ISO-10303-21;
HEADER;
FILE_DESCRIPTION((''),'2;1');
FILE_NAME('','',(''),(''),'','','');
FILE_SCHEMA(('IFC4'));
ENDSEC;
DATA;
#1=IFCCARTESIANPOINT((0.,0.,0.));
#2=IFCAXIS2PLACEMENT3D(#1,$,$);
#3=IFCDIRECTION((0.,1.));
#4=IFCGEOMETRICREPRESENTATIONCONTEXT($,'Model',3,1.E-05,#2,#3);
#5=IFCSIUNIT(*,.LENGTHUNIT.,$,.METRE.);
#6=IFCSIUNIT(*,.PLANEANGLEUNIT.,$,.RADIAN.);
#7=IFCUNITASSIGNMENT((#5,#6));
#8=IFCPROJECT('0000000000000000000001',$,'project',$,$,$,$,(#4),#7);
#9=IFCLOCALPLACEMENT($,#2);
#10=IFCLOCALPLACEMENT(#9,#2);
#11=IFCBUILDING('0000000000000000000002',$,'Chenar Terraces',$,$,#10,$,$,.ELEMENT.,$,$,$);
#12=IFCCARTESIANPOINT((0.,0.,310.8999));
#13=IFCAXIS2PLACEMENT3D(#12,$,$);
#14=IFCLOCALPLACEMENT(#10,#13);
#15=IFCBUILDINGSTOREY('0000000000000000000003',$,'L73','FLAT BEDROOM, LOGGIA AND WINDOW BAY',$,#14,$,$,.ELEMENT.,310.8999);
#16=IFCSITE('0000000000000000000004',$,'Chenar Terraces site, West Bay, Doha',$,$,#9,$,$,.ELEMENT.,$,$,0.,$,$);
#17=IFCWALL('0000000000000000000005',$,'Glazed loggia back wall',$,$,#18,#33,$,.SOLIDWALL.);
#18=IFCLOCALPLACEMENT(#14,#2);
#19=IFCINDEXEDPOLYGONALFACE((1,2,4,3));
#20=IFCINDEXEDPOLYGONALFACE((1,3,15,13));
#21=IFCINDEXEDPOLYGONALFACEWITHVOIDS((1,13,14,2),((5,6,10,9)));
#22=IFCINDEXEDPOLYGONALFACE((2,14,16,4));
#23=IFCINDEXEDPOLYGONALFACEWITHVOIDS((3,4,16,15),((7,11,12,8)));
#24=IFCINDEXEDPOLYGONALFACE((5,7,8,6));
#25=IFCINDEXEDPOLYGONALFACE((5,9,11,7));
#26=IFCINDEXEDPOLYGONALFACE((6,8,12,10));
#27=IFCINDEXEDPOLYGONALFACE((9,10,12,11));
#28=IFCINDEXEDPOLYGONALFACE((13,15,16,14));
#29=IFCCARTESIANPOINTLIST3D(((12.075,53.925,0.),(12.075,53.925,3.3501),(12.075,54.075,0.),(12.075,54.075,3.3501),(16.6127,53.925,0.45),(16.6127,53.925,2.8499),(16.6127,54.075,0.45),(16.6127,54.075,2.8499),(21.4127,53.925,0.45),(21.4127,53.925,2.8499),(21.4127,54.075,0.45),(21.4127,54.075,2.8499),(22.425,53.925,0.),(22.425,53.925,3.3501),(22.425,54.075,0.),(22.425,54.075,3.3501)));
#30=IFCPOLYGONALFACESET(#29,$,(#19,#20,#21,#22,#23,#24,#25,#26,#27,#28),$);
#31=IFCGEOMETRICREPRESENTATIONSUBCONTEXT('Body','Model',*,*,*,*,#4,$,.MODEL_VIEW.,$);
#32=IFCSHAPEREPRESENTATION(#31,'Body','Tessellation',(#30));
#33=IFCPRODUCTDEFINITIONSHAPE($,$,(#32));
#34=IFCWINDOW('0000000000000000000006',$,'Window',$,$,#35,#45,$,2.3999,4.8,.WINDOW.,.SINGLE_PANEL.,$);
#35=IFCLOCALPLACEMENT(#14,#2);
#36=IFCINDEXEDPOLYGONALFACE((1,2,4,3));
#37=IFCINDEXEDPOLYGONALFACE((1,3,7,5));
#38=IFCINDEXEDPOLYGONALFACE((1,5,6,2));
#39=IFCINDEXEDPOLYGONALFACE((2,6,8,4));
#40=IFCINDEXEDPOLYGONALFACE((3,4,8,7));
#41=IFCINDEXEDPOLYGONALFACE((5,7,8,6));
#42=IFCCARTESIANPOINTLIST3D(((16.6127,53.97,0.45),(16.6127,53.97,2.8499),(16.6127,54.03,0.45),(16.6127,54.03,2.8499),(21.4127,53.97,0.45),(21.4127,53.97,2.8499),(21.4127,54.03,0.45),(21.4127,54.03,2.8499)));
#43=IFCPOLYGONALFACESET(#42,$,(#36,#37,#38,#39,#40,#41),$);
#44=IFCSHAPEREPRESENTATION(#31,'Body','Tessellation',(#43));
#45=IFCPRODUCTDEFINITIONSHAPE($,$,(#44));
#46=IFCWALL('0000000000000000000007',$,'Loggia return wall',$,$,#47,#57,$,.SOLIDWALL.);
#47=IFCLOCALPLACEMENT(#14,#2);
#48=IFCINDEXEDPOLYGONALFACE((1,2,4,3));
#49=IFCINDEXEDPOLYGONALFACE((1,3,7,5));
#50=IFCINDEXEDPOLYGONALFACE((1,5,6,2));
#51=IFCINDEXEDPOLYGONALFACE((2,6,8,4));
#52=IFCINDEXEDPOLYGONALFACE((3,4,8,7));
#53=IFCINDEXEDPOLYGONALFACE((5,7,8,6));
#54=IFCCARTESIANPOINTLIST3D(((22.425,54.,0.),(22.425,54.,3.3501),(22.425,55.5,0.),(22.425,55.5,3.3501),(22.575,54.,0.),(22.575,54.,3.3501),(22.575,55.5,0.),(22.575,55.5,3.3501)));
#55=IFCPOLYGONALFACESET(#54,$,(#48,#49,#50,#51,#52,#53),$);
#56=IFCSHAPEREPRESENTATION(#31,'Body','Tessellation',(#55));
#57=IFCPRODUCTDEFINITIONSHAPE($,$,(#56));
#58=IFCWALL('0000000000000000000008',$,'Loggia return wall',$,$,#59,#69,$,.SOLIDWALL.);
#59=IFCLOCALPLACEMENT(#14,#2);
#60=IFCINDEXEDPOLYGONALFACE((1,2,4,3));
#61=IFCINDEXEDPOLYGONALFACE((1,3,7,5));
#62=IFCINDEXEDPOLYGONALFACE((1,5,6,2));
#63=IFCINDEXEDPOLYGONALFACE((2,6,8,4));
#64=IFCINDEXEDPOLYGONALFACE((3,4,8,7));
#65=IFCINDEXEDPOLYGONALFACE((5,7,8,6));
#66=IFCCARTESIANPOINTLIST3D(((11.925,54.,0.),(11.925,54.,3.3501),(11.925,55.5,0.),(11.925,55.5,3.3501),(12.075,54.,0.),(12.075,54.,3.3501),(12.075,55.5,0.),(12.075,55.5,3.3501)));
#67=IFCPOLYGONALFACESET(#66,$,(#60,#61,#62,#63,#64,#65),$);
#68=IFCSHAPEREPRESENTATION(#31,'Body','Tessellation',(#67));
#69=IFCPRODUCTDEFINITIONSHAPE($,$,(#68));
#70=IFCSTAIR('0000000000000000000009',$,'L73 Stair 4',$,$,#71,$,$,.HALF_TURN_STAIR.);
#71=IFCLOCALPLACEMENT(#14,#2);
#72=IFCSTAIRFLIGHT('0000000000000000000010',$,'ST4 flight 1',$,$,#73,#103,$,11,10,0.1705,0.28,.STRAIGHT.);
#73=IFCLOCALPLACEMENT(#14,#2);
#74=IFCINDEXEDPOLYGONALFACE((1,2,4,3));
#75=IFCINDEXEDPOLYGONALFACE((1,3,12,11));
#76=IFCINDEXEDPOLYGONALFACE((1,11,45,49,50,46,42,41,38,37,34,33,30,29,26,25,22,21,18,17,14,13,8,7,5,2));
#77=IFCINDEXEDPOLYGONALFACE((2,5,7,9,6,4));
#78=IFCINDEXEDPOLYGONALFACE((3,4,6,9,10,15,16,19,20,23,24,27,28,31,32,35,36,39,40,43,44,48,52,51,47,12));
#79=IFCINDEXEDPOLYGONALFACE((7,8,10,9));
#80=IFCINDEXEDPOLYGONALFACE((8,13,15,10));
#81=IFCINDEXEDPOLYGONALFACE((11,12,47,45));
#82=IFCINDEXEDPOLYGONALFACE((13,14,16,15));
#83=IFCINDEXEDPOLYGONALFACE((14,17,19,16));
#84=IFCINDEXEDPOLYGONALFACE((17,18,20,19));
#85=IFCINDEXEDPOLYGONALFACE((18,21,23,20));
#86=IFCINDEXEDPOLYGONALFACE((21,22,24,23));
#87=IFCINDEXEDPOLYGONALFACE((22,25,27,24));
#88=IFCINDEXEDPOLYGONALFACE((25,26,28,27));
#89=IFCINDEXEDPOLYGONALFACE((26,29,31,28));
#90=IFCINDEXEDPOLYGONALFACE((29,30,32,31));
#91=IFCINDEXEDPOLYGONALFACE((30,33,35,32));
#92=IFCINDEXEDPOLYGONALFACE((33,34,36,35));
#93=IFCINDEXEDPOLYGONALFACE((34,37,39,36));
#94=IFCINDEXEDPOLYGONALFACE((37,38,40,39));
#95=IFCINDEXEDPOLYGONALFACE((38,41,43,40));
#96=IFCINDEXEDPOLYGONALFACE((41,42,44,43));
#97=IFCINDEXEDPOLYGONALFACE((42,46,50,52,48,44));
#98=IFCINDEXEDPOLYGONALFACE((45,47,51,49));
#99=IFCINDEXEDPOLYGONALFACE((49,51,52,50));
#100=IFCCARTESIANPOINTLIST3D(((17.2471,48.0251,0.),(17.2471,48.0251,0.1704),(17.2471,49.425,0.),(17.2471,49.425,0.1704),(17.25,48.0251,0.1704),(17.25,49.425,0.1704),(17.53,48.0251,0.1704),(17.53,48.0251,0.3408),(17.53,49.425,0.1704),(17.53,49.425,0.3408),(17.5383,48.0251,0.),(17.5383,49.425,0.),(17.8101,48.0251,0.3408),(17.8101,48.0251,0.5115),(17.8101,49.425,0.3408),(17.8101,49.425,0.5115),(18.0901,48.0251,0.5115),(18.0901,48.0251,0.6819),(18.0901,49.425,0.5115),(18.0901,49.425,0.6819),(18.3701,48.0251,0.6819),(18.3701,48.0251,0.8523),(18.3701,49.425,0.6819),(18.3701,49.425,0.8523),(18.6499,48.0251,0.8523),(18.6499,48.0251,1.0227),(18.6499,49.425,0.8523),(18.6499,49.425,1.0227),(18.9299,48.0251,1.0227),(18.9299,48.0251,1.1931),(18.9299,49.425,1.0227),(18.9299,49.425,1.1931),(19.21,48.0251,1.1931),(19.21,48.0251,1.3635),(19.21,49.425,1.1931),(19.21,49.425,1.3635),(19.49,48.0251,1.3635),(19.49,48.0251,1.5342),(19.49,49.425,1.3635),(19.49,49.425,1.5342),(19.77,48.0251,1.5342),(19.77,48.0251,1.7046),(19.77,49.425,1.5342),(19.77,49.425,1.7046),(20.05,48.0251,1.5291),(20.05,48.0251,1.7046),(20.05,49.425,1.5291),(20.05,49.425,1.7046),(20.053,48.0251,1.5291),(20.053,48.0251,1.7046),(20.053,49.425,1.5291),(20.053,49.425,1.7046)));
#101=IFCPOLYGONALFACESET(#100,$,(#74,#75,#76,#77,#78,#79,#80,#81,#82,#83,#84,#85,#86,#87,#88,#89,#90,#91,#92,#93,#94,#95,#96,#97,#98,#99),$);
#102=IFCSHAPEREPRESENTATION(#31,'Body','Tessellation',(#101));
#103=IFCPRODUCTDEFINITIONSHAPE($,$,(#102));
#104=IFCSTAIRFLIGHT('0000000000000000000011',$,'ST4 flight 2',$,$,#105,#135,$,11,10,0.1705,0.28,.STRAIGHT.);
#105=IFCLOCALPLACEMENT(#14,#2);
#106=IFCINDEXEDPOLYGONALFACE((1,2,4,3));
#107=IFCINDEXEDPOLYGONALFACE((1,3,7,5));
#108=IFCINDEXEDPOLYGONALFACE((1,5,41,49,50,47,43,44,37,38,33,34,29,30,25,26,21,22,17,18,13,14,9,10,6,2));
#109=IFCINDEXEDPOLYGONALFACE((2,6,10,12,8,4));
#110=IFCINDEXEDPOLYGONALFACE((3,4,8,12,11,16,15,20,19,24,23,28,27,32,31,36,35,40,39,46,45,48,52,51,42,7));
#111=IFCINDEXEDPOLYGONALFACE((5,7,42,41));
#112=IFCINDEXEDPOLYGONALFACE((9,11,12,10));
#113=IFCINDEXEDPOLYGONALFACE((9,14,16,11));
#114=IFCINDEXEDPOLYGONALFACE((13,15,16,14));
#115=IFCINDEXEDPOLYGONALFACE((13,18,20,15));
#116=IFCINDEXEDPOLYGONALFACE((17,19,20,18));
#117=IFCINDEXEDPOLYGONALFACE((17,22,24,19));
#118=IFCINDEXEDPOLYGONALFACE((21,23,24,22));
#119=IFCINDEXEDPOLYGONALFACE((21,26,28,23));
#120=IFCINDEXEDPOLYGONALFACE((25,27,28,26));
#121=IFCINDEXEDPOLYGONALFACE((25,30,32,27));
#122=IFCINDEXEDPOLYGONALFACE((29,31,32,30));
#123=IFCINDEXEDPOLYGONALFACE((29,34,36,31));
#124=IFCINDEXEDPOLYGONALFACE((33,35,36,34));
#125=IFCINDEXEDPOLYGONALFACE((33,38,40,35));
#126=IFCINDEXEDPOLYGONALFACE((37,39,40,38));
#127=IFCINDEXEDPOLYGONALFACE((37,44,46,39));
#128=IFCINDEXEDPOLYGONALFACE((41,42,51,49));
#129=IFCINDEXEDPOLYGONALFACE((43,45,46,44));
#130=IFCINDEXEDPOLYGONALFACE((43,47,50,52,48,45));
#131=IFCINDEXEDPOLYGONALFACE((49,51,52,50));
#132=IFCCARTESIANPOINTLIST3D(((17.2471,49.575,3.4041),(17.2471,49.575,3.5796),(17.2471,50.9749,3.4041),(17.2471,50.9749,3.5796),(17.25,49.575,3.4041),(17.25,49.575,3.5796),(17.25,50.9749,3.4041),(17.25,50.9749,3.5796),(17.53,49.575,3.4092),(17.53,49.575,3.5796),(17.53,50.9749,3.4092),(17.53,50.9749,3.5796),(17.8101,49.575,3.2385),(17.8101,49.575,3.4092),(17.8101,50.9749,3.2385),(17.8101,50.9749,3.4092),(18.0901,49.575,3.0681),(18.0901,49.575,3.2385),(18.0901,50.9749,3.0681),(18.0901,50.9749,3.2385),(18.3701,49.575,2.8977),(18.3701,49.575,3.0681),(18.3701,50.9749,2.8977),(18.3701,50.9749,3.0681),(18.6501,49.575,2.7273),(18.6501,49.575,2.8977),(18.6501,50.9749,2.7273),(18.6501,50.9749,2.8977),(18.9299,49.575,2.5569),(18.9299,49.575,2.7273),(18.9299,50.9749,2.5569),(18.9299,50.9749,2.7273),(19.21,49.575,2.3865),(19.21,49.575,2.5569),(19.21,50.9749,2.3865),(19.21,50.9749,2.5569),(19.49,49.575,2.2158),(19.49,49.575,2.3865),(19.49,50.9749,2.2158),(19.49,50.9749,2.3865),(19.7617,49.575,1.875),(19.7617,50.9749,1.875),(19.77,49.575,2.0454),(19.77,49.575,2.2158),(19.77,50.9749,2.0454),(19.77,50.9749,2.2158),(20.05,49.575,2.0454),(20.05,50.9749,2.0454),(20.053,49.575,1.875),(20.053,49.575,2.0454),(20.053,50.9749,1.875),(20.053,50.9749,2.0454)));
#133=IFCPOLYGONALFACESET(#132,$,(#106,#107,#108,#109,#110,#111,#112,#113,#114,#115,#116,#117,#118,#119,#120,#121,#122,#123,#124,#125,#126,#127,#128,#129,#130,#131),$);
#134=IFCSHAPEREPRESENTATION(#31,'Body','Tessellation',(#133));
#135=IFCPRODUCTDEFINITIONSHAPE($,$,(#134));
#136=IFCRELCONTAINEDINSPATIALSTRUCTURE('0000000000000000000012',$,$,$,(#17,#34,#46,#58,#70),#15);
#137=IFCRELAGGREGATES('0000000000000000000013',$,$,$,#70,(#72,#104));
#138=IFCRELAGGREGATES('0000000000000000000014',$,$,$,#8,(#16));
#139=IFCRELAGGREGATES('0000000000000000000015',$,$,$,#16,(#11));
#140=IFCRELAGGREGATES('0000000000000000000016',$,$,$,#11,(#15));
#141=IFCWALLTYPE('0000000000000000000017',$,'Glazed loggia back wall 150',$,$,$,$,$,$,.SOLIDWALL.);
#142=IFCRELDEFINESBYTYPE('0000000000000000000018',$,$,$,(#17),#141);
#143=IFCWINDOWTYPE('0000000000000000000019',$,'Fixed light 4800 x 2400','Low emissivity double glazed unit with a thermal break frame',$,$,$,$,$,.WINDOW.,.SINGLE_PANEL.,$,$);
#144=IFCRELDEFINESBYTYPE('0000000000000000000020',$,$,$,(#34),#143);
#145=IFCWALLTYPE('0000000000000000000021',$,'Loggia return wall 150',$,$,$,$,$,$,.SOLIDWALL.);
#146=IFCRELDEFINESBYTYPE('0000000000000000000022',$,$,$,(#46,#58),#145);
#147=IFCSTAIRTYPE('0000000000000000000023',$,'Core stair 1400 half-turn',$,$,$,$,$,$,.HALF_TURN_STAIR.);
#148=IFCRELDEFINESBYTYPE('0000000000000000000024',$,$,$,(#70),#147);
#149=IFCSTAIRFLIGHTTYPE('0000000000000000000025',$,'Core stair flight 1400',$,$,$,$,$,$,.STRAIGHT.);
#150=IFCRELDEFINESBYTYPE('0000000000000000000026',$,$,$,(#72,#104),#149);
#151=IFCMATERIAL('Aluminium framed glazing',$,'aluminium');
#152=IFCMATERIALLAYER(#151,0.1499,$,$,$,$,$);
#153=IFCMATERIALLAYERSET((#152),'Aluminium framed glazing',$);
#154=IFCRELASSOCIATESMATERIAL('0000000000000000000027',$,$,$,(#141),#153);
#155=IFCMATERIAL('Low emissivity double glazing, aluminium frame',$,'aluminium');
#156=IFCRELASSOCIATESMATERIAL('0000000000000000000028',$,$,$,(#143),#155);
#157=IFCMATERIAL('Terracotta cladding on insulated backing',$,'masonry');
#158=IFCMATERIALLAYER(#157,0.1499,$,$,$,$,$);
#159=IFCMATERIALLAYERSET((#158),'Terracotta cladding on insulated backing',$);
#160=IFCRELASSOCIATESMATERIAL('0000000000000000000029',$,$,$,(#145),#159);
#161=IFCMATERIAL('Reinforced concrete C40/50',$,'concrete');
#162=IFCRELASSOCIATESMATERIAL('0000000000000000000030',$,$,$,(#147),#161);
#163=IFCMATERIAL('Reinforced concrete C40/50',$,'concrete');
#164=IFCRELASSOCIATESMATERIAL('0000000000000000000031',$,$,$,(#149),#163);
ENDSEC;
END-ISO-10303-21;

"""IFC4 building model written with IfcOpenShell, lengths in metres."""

from ifc_helpers import new_model, si_unit, direction, frame, frame_2d, origin, place, context, subcontext, project, spatial, polyline, rectangle, outline, extrude, material, layer, layer_set, type_object, element, fill, aggregate, save


model = new_model("IFC4")

# Units and contexts
model_context = context("Model", 3, precision=1e-05, world=origin(), true_north=direction((0.0, 1.0)))
body_context = subcontext(model_context, "Body", "Model", "MODEL_VIEW")
ifc_project = project(units=[si_unit("LENGTHUNIT", "METRE"), si_unit("PLANEANGLEUNIT", "RADIAN")], contexts=[model_context])

# Site, building, storey
site_placement = place(None, origin())
site = spatial("IfcSite", under=ifc_project, at=site_placement, Name="Chenar Terraces site, West Bay, Doha", CompositionType="ELEMENT", RefElevation=0.0)
building_placement = place(site_placement, origin())
building = spatial("IfcBuilding", under=site, at=building_placement, Name="Chenar Terraces", CompositionType="ELEMENT")
storey_placement = place(building_placement, frame((0.0, 0.0, 310.8999)))
storey = spatial("IfcBuildingStorey", under=building, at=storey_placement, Name="L73", Description="FLAT BEDROOM, LOGGIA AND WINDOW BAY", CompositionType="ELEMENT", Elevation=310.8999)

# Wall, opening, window
ifc_material_1 = material(Name="Aluminium framed glazing", Category="aluminium")
ifc_layer_1 = layer(ifc_material_1, 0.1499)
ifc_layer_set_1 = layer_set([ifc_layer_1], Name="Aluminium framed glazing")
wall_type_1 = type_object("IfcWallType", Name="Glazed loggia back wall 150", PredefinedType="SOLIDWALL", material=ifc_layer_set_1)
wall_1_placement = place(storey_placement, frame((22.425, 54.0, 0.0), z_axis=(0.0, 0.0, 1.0), x_axis=(-1.0, 0.0, 0.0)))
wall_1 = element("IfcWall", 1, at=wall_1_placement, inside=storey, type_object=wall_type_1, Name="Glazed loggia back wall", PredefinedType="SOLIDWALL", context=body_context, shape_type="SweptSolid", body=[
    extrude(rectangle(XDim=10.3501, YDim=0.1499, at=frame_2d((5.175, 0.0))), origin(), (0.0, 0.0, 1.0), 3.3501),
])
opening_1_placement = place(wall_1_placement, frame((1.0125, 0.0, 0.45)))
opening_1 = element("IfcOpeningElement", 2, at=opening_1_placement, cuts=wall_1, PredefinedType="OPENING", context=body_context, shape_type="SweptSolid", body=[
    extrude(rectangle(XDim=4.8, YDim=2.3999, at=frame_2d((2.3999, 1.2))), frame((0.0, 0.085, 0.0), z_axis=(0.0, -1.0, 0.0), x_axis=(1.0, 0.0, 0.0)), (0.0, 0.0, 1.0), 0.1699),
])
ifc_material_2 = material(Name="Low emissivity double glazing, aluminium frame", Category="aluminium")
window_type_1 = type_object("IfcWindowType", Name="Fixed light 4800 x 2400", Description="Low emissivity double glazed unit with a thermal break frame", PartitioningType="SINGLE_PANEL", PredefinedType="WINDOW", material=ifc_material_2)
window_1_placement = place(opening_1_placement, origin())
window_1 = element("IfcWindow", 3, at=window_1_placement, inside=storey, type_object=window_type_1, Name="Window", OverallHeight=2.3999, OverallWidth=4.8, PartitioningType="SINGLE_PANEL", PredefinedType="WINDOW", context=body_context, shape_type="SweptSolid", body=[
    extrude(rectangle(XDim=4.8, YDim=2.3999, at=frame_2d((2.3999, 1.2))), frame((0.0, 0.03, 0.0), z_axis=(0.0, -1.0, 0.0), x_axis=(1.0, 0.0, 0.0)), (0.0, 0.0, 1.0), 0.0601),
])
fill(opening_1, window_1)

# Walls
ifc_material_3 = material(Name="Terracotta cladding on insulated backing", Category="masonry")
ifc_layer_2 = layer(ifc_material_3, 0.1499)
ifc_layer_set_2 = layer_set([ifc_layer_2], Name="Terracotta cladding on insulated backing")
wall_type_2 = type_object("IfcWallType", Name="Loggia return wall 150", PredefinedType="SOLIDWALL", material=ifc_layer_set_2)
for number, where, z_axis, x_axis, name in (
    (4, (22.5, 55.5, 0.0), (0.0, 0.0, 1.0), (0.0, -1.0, 0.0), "Loggia return wall"),
    (5, (12.0, 55.5, 0.0), (0.0, 0.0, 1.0), (0.0, -1.0, 0.0), "Loggia return wall"),
):
    element("IfcWall", number, at=place(storey_placement, frame(where, z_axis=z_axis, x_axis=x_axis)), inside=storey, type_object=wall_type_2, Name=name, PredefinedType="SOLIDWALL", context=body_context, shape_type="SweptSolid", body=[
        extrude(rectangle(XDim=1.5, YDim=0.1499, at=frame_2d((0.75, 0.0))), origin(), (0.0, 0.0, 1.0), 3.3501),
    ])

# Stair, stair flights
ifc_material_4 = material(Name="Reinforced concrete C40/50", Category="concrete")
stair_type = type_object("IfcStairType", Name="Core stair 1400 half-turn", PredefinedType="HALF_TURN_STAIR", material=ifc_material_4)
stair_placement = place(storey_placement, origin())
stair = element("IfcStair", 6, at=stair_placement, inside=storey, type_object=stair_type, Name="L73 Stair 4", PredefinedType="HALF_TURN_STAIR")
ifc_material_5 = material(Name="Reinforced concrete C40/50", Category="concrete")
stair_flight_type = type_object("IfcStairFlightType", Name="Core stair flight 1400", PredefinedType="STRAIGHT", material=ifc_material_5)
stair_flight_1_placement = place(storey_placement, frame((17.25, 48.7251, 0.0), z_axis=(0.0, 0.0, 1.0), x_axis=(1.0, 0.0, 0.0)))
stair_flight_1 = element("IfcStairFlight", 7, at=stair_flight_1_placement, type_object=stair_flight_type, Name="ST4 flight 1", NumberOfRisers=11, NumberOfTreads=10, PredefinedType="STRAIGHT", RiserHeight=0.1705, TreadLength=0.28, context=body_context, shape_type="SweptSolid", body=[
    extrude(outline(polyline([(-0.0029, 0.0), (-0.0029, 0.1704), (0.0, 0.1704), (0.28, 0.1704), (0.28, 0.3408), (0.5601, 0.3408), (0.5601, 0.5115), (0.8401, 0.5115), (0.8401, 0.6819), (1.1201, 0.6819), (1.1201, 0.8523), (1.3999, 0.8523), (1.3999, 1.0227), (1.6799, 1.0227), (1.6799, 1.1931), (1.96, 1.1931), (1.96, 1.3635), (2.24, 1.3635), (2.24, 1.5342), (2.52, 1.5342), (2.52, 1.7046), (2.8, 1.7046), (2.803, 1.7046), (2.803, 1.5291), (2.8, 1.5291), (0.2883, 0.0), (-0.0029, 0.0)])), frame((0.0, 0.7, 0.0), z_axis=(0.0, -1.0, 0.0), x_axis=(1.0, 0.0, 0.0)), (0.0, 0.0, 1.0), 1.3999),
])
stair_flight_2_placement = place(storey_placement, frame((20.05, 50.2749, 1.875), z_axis=(0.0, 0.0, 1.0), x_axis=(-1.0, 0.0, 0.0)))
stair_flight_2 = element("IfcStairFlight", 8, at=stair_flight_2_placement, type_object=stair_flight_type, Name="ST4 flight 2", NumberOfRisers=11, NumberOfTreads=10, PredefinedType="STRAIGHT", RiserHeight=0.1705, TreadLength=0.28, context=body_context, shape_type="SweptSolid", body=[
    extrude(outline(polyline([(-0.0029, 0.0), (-0.0029, 0.1704), (0.0, 0.1704), (0.28, 0.1704), (0.28, 0.3408), (0.5601, 0.3408), (0.5601, 0.5115), (0.8401, 0.5115), (0.8401, 0.6819), (1.1201, 0.6819), (1.1201, 0.8523), (1.3999, 0.8523), (1.3999, 1.0227), (1.6799, 1.0227), (1.6799, 1.1931), (1.96, 1.1931), (1.96, 1.3635), (2.24, 1.3635), (2.24, 1.5342), (2.52, 1.5342), (2.52, 1.7046), (2.8, 1.7046), (2.803, 1.7046), (2.803, 1.5291), (2.8, 1.5291), (0.2883, 0.0), (-0.0029, 0.0)])), frame((0.0, 0.7, 0.0), z_axis=(0.0, -1.0, 0.0), x_axis=(1.0, 0.0, 0.0)), (0.0, 0.0, 1.0), 1.3999),
])
aggregate(stair, [stair_flight_1, stair_flight_2])

save(model, "model.ifc")
